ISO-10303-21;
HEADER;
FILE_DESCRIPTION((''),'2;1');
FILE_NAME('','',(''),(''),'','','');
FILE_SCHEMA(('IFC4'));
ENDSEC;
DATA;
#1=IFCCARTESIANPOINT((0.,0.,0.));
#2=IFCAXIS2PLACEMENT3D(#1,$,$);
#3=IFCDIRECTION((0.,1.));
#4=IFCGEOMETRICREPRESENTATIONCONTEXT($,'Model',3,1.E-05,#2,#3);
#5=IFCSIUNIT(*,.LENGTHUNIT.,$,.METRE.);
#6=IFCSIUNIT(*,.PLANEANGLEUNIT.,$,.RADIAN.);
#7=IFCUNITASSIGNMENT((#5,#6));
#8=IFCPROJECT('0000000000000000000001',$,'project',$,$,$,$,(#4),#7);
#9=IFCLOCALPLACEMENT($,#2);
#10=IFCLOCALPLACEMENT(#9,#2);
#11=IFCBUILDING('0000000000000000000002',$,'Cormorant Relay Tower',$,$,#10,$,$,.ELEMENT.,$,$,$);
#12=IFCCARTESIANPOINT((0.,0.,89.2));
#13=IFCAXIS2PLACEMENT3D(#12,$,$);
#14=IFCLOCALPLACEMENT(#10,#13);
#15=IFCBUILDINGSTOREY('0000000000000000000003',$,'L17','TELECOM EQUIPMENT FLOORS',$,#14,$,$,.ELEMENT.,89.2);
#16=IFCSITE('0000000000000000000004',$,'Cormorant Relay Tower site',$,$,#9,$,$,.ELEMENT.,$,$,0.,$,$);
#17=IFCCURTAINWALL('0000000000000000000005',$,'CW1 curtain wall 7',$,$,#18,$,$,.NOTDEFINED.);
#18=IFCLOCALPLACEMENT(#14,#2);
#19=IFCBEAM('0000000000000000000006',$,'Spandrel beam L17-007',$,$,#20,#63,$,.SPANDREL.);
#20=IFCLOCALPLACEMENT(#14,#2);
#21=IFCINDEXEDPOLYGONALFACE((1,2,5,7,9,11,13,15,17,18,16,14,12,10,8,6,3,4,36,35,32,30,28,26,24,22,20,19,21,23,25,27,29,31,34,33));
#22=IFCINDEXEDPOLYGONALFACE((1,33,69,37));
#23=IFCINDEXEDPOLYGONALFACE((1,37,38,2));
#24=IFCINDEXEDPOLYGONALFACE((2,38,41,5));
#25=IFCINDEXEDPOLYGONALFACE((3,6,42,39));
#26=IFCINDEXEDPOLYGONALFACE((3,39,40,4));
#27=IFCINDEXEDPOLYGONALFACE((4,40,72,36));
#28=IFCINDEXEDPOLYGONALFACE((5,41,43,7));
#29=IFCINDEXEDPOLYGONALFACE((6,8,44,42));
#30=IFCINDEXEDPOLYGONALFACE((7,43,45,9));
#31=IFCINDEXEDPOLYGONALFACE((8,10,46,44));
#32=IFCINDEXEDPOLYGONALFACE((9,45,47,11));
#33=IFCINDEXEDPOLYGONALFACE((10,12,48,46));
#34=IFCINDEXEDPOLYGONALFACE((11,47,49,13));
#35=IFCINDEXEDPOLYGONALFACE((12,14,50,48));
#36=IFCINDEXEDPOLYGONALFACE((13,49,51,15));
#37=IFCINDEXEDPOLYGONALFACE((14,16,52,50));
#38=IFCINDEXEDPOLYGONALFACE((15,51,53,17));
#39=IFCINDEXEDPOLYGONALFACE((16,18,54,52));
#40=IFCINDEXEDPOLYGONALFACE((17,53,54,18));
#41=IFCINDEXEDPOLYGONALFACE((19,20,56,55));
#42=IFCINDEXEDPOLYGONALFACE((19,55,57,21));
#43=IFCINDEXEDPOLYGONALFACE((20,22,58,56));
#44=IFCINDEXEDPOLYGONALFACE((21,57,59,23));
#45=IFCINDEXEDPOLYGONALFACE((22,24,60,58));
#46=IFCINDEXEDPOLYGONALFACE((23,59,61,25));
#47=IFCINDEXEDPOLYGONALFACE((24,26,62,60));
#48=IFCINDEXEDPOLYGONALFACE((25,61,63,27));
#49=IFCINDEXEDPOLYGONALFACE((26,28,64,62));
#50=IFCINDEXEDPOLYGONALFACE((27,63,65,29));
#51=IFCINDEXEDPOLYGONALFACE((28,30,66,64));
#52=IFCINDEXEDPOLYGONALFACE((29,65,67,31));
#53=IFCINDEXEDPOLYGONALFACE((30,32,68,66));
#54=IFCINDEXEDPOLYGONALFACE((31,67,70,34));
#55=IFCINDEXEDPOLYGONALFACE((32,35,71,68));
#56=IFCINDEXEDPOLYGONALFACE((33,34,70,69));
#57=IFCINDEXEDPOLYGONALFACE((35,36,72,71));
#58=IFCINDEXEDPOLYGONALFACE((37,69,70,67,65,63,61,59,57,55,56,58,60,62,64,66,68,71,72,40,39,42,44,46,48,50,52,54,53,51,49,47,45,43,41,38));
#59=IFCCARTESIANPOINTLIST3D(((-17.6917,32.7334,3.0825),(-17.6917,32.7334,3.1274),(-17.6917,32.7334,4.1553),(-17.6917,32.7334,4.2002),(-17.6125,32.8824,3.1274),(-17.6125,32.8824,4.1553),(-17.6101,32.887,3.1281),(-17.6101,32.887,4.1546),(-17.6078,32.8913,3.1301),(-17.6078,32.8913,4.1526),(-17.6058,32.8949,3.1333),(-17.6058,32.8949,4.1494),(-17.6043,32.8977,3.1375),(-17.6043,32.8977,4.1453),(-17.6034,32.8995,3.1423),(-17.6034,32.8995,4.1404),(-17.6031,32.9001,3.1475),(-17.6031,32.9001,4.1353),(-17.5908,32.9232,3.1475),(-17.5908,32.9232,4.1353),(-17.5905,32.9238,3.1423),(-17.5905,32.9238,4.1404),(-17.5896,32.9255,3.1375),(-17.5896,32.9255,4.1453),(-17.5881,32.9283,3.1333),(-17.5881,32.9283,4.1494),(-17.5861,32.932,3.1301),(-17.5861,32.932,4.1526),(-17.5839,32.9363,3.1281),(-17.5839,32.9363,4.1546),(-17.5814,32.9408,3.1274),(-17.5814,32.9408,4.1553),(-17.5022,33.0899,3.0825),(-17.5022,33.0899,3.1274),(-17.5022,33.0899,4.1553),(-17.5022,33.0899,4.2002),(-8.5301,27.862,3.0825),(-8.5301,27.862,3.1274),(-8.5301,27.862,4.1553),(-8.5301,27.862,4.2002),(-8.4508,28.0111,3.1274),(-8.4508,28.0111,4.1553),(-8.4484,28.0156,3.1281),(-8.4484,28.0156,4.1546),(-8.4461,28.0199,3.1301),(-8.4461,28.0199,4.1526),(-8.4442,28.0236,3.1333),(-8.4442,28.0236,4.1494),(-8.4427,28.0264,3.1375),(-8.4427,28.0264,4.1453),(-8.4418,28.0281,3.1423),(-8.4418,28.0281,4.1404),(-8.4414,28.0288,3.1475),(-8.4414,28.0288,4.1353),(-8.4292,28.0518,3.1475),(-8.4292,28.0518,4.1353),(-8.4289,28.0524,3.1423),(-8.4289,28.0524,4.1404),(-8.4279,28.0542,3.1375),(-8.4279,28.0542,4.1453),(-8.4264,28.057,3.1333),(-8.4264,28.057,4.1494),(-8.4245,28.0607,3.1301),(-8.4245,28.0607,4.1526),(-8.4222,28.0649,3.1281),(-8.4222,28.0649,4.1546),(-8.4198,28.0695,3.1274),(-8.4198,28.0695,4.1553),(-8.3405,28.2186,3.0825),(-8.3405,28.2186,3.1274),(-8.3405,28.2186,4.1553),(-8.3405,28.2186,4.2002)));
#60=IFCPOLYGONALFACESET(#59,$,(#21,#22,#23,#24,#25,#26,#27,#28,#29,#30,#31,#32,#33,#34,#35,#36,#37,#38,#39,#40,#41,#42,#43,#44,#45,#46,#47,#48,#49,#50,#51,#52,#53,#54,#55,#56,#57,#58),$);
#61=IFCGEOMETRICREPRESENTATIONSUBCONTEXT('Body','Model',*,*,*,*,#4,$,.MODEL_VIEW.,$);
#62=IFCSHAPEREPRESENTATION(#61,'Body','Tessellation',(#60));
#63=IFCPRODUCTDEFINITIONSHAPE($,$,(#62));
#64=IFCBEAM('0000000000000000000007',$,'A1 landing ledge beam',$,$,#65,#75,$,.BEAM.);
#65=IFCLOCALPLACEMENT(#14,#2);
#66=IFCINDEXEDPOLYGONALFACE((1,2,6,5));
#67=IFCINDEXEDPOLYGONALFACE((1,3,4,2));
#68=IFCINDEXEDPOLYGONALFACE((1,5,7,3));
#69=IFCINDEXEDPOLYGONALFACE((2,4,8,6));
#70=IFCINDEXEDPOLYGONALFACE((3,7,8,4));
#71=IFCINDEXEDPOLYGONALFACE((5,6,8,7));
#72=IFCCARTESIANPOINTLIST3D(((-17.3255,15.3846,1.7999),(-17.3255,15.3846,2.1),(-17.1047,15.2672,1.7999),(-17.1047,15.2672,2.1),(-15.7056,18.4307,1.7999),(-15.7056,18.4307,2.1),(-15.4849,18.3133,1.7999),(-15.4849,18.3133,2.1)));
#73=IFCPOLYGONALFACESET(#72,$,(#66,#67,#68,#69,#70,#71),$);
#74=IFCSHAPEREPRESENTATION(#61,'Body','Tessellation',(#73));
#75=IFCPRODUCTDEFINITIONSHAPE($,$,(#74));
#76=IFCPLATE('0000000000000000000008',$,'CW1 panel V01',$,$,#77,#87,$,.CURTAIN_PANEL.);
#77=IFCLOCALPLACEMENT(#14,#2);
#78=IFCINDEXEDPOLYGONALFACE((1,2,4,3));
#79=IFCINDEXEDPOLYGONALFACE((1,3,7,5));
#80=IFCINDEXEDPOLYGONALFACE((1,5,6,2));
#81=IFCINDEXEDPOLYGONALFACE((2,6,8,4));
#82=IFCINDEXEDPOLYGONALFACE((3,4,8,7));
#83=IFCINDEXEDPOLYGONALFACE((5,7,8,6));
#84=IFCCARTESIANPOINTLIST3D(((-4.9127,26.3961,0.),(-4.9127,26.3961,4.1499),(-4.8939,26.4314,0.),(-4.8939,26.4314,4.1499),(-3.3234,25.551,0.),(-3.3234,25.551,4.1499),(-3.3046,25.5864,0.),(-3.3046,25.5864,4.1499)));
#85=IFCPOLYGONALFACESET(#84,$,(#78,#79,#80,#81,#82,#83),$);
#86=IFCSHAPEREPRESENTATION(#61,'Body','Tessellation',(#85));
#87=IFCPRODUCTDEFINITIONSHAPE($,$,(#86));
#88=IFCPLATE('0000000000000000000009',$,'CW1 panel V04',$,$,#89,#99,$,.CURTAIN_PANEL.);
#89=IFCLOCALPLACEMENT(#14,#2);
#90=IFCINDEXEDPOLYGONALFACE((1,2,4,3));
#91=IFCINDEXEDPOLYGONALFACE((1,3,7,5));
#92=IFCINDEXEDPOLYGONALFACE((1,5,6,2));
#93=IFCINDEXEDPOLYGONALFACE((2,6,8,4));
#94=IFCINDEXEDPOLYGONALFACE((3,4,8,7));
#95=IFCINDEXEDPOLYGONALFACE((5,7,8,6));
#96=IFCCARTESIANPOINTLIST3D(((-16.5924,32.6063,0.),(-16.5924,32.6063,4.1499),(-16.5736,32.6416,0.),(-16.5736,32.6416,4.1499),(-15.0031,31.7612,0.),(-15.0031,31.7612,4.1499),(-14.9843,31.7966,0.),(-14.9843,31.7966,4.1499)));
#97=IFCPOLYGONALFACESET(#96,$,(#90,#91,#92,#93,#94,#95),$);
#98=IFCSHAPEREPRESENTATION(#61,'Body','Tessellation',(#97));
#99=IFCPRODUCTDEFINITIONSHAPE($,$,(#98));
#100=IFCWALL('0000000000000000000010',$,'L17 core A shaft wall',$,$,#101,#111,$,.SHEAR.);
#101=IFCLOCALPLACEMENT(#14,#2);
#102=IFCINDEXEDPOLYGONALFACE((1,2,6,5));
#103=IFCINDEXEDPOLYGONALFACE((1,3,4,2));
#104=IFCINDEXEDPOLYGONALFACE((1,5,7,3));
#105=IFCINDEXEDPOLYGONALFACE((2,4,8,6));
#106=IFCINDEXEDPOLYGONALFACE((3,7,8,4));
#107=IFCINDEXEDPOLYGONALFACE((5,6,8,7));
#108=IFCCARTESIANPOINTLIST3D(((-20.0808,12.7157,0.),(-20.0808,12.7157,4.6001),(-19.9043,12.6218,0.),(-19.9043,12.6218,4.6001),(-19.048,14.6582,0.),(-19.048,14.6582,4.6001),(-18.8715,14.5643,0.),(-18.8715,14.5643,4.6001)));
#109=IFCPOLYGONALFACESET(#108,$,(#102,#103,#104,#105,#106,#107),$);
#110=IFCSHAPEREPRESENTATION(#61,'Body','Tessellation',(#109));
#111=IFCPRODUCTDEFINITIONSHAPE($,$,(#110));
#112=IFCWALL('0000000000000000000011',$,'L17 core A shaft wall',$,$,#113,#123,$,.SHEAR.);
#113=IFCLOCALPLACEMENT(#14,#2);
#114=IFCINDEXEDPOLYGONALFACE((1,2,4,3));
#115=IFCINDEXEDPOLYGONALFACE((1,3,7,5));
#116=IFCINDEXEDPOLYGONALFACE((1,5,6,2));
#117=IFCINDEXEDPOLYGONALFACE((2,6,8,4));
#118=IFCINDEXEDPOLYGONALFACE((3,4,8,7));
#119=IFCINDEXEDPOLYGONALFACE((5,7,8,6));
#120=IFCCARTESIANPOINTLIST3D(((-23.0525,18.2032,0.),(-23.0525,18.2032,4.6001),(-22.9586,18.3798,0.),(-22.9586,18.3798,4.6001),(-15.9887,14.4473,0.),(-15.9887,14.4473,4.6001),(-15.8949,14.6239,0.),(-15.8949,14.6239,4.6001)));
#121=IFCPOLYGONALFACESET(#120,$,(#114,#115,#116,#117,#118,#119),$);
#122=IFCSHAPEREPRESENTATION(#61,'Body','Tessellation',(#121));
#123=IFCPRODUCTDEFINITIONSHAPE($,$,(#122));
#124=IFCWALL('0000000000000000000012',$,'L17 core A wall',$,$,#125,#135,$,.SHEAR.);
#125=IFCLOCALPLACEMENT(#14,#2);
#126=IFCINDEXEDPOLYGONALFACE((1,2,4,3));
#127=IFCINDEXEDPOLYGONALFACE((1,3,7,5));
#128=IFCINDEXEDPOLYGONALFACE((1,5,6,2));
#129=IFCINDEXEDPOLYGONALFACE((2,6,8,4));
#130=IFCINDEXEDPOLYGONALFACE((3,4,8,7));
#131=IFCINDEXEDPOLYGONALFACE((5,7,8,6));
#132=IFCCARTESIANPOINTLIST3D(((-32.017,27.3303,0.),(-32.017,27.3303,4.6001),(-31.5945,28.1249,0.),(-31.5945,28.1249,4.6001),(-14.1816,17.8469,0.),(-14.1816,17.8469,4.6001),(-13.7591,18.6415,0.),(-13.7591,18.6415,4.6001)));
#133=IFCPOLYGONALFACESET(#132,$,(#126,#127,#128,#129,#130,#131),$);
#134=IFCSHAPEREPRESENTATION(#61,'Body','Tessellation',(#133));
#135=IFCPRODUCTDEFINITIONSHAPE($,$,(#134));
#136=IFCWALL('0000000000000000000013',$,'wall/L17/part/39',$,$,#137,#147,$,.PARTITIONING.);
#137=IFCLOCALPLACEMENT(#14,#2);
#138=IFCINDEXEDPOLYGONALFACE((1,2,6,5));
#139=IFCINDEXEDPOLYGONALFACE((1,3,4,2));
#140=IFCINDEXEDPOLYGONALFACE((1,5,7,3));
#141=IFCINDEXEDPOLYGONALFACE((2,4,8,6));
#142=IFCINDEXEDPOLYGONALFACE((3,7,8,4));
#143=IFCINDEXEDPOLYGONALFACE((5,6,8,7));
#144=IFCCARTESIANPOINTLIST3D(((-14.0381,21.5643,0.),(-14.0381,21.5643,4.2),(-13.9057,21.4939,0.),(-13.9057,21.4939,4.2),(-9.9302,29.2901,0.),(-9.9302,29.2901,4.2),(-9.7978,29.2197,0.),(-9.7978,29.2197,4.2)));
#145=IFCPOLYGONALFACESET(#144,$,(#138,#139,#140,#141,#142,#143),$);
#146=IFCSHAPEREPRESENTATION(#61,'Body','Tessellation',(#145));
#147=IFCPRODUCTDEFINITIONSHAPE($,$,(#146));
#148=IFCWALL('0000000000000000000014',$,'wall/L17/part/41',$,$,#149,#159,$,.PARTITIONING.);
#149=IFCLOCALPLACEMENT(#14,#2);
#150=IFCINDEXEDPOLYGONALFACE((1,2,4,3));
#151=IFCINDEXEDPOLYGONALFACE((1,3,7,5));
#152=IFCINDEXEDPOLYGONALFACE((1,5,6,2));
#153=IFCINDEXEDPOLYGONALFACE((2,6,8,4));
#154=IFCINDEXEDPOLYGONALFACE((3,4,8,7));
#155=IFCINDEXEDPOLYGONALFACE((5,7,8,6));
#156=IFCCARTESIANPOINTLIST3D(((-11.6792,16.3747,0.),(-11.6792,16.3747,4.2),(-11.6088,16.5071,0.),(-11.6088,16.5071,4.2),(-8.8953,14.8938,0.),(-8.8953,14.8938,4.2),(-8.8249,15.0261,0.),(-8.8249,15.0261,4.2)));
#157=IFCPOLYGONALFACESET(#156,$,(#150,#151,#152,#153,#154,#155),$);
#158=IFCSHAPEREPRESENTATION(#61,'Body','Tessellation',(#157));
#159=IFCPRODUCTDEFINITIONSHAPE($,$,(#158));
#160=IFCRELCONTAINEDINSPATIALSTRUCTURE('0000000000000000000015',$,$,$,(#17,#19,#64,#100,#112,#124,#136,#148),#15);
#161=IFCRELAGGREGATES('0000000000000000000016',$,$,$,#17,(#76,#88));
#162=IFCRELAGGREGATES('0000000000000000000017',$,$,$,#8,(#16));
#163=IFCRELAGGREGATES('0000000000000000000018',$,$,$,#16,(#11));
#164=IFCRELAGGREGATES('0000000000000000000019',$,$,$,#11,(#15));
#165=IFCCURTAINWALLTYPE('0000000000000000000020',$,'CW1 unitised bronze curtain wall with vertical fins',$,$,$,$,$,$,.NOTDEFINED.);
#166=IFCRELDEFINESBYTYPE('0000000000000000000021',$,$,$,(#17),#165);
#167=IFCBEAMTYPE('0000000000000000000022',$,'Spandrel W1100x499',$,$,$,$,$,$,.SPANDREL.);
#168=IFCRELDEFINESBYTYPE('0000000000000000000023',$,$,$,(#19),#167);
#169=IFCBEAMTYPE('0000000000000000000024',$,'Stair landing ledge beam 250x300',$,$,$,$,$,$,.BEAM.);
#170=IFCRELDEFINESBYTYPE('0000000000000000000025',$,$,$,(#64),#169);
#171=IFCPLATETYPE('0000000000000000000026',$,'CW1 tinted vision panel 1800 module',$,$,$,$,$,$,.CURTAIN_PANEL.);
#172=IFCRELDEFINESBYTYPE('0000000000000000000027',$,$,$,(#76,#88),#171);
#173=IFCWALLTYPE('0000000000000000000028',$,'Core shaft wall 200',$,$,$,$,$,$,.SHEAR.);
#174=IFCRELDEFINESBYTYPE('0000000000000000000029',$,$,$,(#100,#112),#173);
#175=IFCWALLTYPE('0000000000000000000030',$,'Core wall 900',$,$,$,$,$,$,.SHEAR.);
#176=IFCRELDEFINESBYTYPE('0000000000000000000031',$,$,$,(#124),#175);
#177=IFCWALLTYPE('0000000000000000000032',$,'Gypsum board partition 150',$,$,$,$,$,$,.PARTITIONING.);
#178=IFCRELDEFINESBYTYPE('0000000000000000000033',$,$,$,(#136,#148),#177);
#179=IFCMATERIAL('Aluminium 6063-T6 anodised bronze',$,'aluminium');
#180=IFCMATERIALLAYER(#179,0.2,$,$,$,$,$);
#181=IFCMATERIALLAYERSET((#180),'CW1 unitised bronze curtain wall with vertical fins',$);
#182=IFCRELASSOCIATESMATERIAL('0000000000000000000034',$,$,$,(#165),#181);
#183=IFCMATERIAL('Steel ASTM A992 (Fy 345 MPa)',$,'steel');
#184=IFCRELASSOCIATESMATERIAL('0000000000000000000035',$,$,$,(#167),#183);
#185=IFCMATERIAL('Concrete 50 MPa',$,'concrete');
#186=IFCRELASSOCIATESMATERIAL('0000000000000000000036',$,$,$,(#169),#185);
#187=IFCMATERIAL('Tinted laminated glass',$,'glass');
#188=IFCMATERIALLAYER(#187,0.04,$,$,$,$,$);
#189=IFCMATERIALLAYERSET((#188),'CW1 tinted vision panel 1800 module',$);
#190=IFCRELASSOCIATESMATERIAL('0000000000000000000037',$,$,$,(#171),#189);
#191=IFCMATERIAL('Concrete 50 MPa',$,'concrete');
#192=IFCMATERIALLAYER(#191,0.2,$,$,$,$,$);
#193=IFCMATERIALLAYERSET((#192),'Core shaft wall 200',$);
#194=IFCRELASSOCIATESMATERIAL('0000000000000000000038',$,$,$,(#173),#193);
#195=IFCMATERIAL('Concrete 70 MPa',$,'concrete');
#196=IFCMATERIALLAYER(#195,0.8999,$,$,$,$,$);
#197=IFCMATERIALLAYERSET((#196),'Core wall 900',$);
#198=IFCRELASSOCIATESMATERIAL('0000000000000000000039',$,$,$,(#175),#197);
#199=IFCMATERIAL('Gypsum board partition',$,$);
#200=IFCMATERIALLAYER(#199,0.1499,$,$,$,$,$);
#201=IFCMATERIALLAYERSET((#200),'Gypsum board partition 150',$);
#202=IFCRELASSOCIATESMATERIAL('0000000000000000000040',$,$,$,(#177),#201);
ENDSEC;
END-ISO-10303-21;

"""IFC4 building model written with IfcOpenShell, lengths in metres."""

from ifc_helpers import new_model, si_unit, direction, frame, frame_2d, origin, origin_2d, place, context, subcontext, project, spatial, rectangle, i_section, extrude, material, layer, layer_set, material_profile, profile_set, type_object, element, aggregate, save


model = new_model("IFC4")

# Units and contexts
model_context = context("Model", 3, precision=1e-05, world=origin(), true_north=direction((0.0, 1.0)))
body_context = subcontext(model_context, "Body", "Model", "MODEL_VIEW")
ifc_project = project(units=[si_unit("LENGTHUNIT", "METRE"), si_unit("PLANEANGLEUNIT", "RADIAN")], contexts=[model_context])

# Site, building, storey
site_placement = place(None, origin())
site = spatial("IfcSite", under=ifc_project, at=site_placement, Name="Cormorant Relay Tower site", CompositionType="ELEMENT", RefElevation=0.0)
building_placement = place(site_placement, origin())
building = spatial("IfcBuilding", under=site, at=building_placement, Name="Cormorant Relay Tower", CompositionType="ELEMENT")
storey_placement = place(building_placement, frame((0.0, 0.0, 89.2)))
storey = spatial("IfcBuildingStorey", under=building, at=storey_placement, Name="L17", Description="TELECOM EQUIPMENT FLOORS", CompositionType="ELEMENT", Elevation=89.2)

# Curtain wall
ifc_material_1 = material(Name="Aluminium 6063-T6 anodised bronze", Category="aluminium")
ifc_layer_1 = layer(ifc_material_1, 0.2)
ifc_layer_set_1 = layer_set([ifc_layer_1], Name="CW1 unitised bronze curtain wall with vertical fins")
curtain_wall_type = type_object("IfcCurtainWallType", Name="CW1 unitised bronze curtain wall with vertical fins", PredefinedType="NOTDEFINED", material=ifc_layer_set_1)
curtain_wall_placement = place(storey_placement, origin())
curtain_wall = element("IfcCurtainWall", 1, at=curtain_wall_placement, inside=storey, type_object=curtain_wall_type, Name="CW1 curtain wall 7", PredefinedType="NOTDEFINED")

# Beams
ifc_material_2 = material(Name="Steel ASTM A992 (Fy 345 MPa)", Category="steel")
ifc_material_profile_1 = material_profile(ifc_material_2, i_section(OverallWidth=0.4038, OverallDepth=1.1177, WebThickness=0.0261, FlangeThickness=0.0449, FilletRadius=0.02, at=origin_2d()), Name="W1100x499")
ifc_profile_set_1 = profile_set([ifc_material_profile_1], Name="Steel ASTM A992 (Fy 345 MPa)")
beam_type_1 = type_object("IfcBeamType", Name="Spandrel W1100x499", PredefinedType="SPANDREL", material=ifc_profile_set_1)
beam_1_placement = place(storey_placement, frame((-8.4353, 28.0403, 3.6414), z_axis=(-0.882947, 0.469473, 0.0), x_axis=(-0.469473, -0.882947, 0.0)))
element("IfcBeam", 2, at=beam_1_placement, inside=storey, type_object=beam_type_1, Name="Spandrel beam L17-007", PredefinedType="SPANDREL", context=body_context, shape_type="SweptSolid", body=[
    extrude(i_section(OverallWidth=0.4038, OverallDepth=1.1177, WebThickness=0.0261, FlangeThickness=0.0449, FilletRadius=0.02, at=origin_2d()), origin(), (0.0, 0.0, 1.0), 10.3762),
])
ifc_material_3 = material(Name="Concrete 50 MPa", Category="concrete")
ifc_material_profile_2 = material_profile(ifc_material_3, rectangle(XDim=0.25, YDim=0.3, at=origin_2d()), Name="RC 250x300")
ifc_profile_set_2 = profile_set([ifc_material_profile_2], Name="Concrete 50 MPa")
beam_type_2 = type_object("IfcBeamType", Name="Stair landing ledge beam 250x300", PredefinedType="BEAM", material=ifc_profile_set_2)
beam_2_placement = place(storey_placement, frame((-17.2151, 15.3259, 1.95), z_axis=(0.469519, 0.882922, 0.0), x_axis=(-0.882922, 0.469519, 0.0)))
element("IfcBeam", 3, at=beam_2_placement, inside=storey, type_object=beam_type_2, Name="A1 landing ledge beam", PredefinedType="BEAM", context=body_context, shape_type="SweptSolid", body=[
    extrude(rectangle(XDim=0.25, YDim=0.3, at=origin_2d()), origin(), (0.0, 0.0, 1.0), 3.45),
])

# Plates
ifc_material_4 = material(Name="Tinted laminated glass", Category="glass")
ifc_layer_2 = layer(ifc_material_4, 0.04)
ifc_layer_set_2 = layer_set([ifc_layer_2], Name="CW1 tinted vision panel 1800 module")
plate_type = type_object("IfcPlateType", Name="CW1 tinted vision panel 1800 module", PredefinedType="CURTAIN_PANEL", material=ifc_layer_set_2)
plate_1_placement = place(storey_placement, frame((-4.1086, 25.9912, 0.0), z_axis=(0.0, 0.0, 1.0), x_axis=(-0.882948, 0.469472, 0.0)))
plate_1 = element("IfcPlate", 4, at=plate_1_placement, type_object=plate_type, Name="CW1 panel V01", PredefinedType="CURTAIN_PANEL", context=body_context, shape_type="SweptSolid", body=[
    extrude(rectangle(XDim=1.8, YDim=0.04, at=origin_2d()), origin(), (0.0, 0.0, 1.0), 4.1499),
])
plate_2_placement = place(storey_placement, frame((-15.7883, 32.2014, 0.0), z_axis=(0.0, 0.0, 1.0), x_axis=(-0.882948, 0.469472, 0.0)))
plate_2 = element("IfcPlate", 5, at=plate_2_placement, type_object=plate_type, Name="CW1 panel V04", PredefinedType="CURTAIN_PANEL", context=body_context, shape_type="SweptSolid", body=[
    extrude(rectangle(XDim=1.8, YDim=0.04, at=origin_2d()), origin(), (0.0, 0.0, 1.0), 4.1499),
])

# Walls
ifc_material_5 = material(Name="Concrete 50 MPa", Category="concrete")
ifc_layer_3 = layer(ifc_material_5, 0.2)
ifc_layer_set_3 = layer_set([ifc_layer_3], Name="Core shaft wall 200")
wall_type_1 = type_object("IfcWallType", Name="Core shaft wall 200", PredefinedType="SHEAR", material=ifc_layer_set_3)
wall_1_placement = place(storey_placement, frame((-18.9597, 14.6113, 0.0), z_axis=(0.0, 0.0, 1.0), x_axis=(-0.469447, -0.88296, 0.0)))
element("IfcWall", 6, at=wall_1_placement, inside=storey, type_object=wall_type_1, Name="L17 core A shaft wall", PredefinedType="SHEAR", context=body_context, shape_type="SweptSolid", body=[
    extrude(rectangle(XDim=2.2, YDim=0.2, at=frame_2d((1.1001, 0.0))), origin(), (0.0, 0.0, 1.0), 4.6001),
])
wall_2_placement = place(storey_placement, frame((-15.9419, 14.5356, 0.0), z_axis=(0.0, 0.0, 1.0), x_axis=(-0.882947, 0.469473, 0.0)))
element("IfcWall", 7, at=wall_2_placement, inside=storey, type_object=wall_type_1, Name="L17 core A shaft wall", PredefinedType="SHEAR", context=body_context, shape_type="SweptSolid", body=[
    extrude(rectangle(XDim=8.0002, YDim=0.2, at=frame_2d((4.0, 0.0))), origin(), (0.0, 0.0, 1.0), 4.6001),
])

# Shared definitions
ifc_material_6 = material(Name="Concrete 70 MPa", Category="concrete")
ifc_layer_4 = layer(ifc_material_6, 0.8999)
ifc_layer_set_4 = layer_set([ifc_layer_4], Name="Core wall 900")
wall_type_2 = type_object("IfcWallType", Name="Core wall 900", PredefinedType="SHEAR", material=ifc_layer_set_4)

# Walls
wall_3_placement = place(storey_placement, frame((-13.9702, 18.2441, 0.0), z_axis=(0.0, 0.0, 1.0), x_axis=(-0.882945, 0.469476, 0.0)))
element("IfcWall", 8, at=wall_3_placement, inside=storey, type_object=wall_type_2, Name="L17 core A wall", PredefinedType="SHEAR", context=body_context, shape_type="SweptSolid", body=[
    extrude(rectangle(XDim=20.2, YDim=0.8999, at=frame_2d((10.1001, 0.0))), origin(), (0.0, 0.0, 1.0), 4.6001),
])
ifc_material_7 = material(Name="Gypsum board partition")
ifc_layer_5 = layer(ifc_material_7, 0.1499)
ifc_layer_set_5 = layer_set([ifc_layer_5], Name="Gypsum board partition 150")
wall_type_3 = type_object("IfcWallType", Name="Gypsum board partition 150", PredefinedType="PARTITIONING", material=ifc_layer_set_5)
wall_4_placement = place(storey_placement, frame((-9.864, 29.2549, 0.0), z_axis=(0.0, 0.0, 1.0), x_axis=(-0.469473, -0.882947, 0.0)))
element("IfcWall", 9, at=wall_4_placement, inside=storey, type_object=wall_type_3, Name="wall/L17/part/39", PredefinedType="PARTITIONING", context=body_context, shape_type="SweptSolid", body=[
    extrude(rectangle(XDim=8.75, YDim=0.1499, at=frame_2d((4.375, 0.0))), origin(), (0.0, 0.0, 1.0), 4.2),
])
wall_5_placement = place(storey_placement, frame((-11.644, 16.4409, 0.0), z_axis=(0.0, 0.0, 1.0), x_axis=(0.882854, -0.469648, 0.0)))
element("IfcWall", 10, at=wall_5_placement, inside=storey, type_object=wall_type_3, Name="wall/L17/part/41", PredefinedType="PARTITIONING", context=body_context, shape_type="SweptSolid", body=[
    extrude(rectangle(XDim=3.1533, YDim=0.1499, at=frame_2d((1.5767, 0.0))), origin(), (0.0, 0.0, 1.0), 4.2),
])

aggregate(curtain_wall, [plate_1, plate_2])

save(model, "model.ifc")
